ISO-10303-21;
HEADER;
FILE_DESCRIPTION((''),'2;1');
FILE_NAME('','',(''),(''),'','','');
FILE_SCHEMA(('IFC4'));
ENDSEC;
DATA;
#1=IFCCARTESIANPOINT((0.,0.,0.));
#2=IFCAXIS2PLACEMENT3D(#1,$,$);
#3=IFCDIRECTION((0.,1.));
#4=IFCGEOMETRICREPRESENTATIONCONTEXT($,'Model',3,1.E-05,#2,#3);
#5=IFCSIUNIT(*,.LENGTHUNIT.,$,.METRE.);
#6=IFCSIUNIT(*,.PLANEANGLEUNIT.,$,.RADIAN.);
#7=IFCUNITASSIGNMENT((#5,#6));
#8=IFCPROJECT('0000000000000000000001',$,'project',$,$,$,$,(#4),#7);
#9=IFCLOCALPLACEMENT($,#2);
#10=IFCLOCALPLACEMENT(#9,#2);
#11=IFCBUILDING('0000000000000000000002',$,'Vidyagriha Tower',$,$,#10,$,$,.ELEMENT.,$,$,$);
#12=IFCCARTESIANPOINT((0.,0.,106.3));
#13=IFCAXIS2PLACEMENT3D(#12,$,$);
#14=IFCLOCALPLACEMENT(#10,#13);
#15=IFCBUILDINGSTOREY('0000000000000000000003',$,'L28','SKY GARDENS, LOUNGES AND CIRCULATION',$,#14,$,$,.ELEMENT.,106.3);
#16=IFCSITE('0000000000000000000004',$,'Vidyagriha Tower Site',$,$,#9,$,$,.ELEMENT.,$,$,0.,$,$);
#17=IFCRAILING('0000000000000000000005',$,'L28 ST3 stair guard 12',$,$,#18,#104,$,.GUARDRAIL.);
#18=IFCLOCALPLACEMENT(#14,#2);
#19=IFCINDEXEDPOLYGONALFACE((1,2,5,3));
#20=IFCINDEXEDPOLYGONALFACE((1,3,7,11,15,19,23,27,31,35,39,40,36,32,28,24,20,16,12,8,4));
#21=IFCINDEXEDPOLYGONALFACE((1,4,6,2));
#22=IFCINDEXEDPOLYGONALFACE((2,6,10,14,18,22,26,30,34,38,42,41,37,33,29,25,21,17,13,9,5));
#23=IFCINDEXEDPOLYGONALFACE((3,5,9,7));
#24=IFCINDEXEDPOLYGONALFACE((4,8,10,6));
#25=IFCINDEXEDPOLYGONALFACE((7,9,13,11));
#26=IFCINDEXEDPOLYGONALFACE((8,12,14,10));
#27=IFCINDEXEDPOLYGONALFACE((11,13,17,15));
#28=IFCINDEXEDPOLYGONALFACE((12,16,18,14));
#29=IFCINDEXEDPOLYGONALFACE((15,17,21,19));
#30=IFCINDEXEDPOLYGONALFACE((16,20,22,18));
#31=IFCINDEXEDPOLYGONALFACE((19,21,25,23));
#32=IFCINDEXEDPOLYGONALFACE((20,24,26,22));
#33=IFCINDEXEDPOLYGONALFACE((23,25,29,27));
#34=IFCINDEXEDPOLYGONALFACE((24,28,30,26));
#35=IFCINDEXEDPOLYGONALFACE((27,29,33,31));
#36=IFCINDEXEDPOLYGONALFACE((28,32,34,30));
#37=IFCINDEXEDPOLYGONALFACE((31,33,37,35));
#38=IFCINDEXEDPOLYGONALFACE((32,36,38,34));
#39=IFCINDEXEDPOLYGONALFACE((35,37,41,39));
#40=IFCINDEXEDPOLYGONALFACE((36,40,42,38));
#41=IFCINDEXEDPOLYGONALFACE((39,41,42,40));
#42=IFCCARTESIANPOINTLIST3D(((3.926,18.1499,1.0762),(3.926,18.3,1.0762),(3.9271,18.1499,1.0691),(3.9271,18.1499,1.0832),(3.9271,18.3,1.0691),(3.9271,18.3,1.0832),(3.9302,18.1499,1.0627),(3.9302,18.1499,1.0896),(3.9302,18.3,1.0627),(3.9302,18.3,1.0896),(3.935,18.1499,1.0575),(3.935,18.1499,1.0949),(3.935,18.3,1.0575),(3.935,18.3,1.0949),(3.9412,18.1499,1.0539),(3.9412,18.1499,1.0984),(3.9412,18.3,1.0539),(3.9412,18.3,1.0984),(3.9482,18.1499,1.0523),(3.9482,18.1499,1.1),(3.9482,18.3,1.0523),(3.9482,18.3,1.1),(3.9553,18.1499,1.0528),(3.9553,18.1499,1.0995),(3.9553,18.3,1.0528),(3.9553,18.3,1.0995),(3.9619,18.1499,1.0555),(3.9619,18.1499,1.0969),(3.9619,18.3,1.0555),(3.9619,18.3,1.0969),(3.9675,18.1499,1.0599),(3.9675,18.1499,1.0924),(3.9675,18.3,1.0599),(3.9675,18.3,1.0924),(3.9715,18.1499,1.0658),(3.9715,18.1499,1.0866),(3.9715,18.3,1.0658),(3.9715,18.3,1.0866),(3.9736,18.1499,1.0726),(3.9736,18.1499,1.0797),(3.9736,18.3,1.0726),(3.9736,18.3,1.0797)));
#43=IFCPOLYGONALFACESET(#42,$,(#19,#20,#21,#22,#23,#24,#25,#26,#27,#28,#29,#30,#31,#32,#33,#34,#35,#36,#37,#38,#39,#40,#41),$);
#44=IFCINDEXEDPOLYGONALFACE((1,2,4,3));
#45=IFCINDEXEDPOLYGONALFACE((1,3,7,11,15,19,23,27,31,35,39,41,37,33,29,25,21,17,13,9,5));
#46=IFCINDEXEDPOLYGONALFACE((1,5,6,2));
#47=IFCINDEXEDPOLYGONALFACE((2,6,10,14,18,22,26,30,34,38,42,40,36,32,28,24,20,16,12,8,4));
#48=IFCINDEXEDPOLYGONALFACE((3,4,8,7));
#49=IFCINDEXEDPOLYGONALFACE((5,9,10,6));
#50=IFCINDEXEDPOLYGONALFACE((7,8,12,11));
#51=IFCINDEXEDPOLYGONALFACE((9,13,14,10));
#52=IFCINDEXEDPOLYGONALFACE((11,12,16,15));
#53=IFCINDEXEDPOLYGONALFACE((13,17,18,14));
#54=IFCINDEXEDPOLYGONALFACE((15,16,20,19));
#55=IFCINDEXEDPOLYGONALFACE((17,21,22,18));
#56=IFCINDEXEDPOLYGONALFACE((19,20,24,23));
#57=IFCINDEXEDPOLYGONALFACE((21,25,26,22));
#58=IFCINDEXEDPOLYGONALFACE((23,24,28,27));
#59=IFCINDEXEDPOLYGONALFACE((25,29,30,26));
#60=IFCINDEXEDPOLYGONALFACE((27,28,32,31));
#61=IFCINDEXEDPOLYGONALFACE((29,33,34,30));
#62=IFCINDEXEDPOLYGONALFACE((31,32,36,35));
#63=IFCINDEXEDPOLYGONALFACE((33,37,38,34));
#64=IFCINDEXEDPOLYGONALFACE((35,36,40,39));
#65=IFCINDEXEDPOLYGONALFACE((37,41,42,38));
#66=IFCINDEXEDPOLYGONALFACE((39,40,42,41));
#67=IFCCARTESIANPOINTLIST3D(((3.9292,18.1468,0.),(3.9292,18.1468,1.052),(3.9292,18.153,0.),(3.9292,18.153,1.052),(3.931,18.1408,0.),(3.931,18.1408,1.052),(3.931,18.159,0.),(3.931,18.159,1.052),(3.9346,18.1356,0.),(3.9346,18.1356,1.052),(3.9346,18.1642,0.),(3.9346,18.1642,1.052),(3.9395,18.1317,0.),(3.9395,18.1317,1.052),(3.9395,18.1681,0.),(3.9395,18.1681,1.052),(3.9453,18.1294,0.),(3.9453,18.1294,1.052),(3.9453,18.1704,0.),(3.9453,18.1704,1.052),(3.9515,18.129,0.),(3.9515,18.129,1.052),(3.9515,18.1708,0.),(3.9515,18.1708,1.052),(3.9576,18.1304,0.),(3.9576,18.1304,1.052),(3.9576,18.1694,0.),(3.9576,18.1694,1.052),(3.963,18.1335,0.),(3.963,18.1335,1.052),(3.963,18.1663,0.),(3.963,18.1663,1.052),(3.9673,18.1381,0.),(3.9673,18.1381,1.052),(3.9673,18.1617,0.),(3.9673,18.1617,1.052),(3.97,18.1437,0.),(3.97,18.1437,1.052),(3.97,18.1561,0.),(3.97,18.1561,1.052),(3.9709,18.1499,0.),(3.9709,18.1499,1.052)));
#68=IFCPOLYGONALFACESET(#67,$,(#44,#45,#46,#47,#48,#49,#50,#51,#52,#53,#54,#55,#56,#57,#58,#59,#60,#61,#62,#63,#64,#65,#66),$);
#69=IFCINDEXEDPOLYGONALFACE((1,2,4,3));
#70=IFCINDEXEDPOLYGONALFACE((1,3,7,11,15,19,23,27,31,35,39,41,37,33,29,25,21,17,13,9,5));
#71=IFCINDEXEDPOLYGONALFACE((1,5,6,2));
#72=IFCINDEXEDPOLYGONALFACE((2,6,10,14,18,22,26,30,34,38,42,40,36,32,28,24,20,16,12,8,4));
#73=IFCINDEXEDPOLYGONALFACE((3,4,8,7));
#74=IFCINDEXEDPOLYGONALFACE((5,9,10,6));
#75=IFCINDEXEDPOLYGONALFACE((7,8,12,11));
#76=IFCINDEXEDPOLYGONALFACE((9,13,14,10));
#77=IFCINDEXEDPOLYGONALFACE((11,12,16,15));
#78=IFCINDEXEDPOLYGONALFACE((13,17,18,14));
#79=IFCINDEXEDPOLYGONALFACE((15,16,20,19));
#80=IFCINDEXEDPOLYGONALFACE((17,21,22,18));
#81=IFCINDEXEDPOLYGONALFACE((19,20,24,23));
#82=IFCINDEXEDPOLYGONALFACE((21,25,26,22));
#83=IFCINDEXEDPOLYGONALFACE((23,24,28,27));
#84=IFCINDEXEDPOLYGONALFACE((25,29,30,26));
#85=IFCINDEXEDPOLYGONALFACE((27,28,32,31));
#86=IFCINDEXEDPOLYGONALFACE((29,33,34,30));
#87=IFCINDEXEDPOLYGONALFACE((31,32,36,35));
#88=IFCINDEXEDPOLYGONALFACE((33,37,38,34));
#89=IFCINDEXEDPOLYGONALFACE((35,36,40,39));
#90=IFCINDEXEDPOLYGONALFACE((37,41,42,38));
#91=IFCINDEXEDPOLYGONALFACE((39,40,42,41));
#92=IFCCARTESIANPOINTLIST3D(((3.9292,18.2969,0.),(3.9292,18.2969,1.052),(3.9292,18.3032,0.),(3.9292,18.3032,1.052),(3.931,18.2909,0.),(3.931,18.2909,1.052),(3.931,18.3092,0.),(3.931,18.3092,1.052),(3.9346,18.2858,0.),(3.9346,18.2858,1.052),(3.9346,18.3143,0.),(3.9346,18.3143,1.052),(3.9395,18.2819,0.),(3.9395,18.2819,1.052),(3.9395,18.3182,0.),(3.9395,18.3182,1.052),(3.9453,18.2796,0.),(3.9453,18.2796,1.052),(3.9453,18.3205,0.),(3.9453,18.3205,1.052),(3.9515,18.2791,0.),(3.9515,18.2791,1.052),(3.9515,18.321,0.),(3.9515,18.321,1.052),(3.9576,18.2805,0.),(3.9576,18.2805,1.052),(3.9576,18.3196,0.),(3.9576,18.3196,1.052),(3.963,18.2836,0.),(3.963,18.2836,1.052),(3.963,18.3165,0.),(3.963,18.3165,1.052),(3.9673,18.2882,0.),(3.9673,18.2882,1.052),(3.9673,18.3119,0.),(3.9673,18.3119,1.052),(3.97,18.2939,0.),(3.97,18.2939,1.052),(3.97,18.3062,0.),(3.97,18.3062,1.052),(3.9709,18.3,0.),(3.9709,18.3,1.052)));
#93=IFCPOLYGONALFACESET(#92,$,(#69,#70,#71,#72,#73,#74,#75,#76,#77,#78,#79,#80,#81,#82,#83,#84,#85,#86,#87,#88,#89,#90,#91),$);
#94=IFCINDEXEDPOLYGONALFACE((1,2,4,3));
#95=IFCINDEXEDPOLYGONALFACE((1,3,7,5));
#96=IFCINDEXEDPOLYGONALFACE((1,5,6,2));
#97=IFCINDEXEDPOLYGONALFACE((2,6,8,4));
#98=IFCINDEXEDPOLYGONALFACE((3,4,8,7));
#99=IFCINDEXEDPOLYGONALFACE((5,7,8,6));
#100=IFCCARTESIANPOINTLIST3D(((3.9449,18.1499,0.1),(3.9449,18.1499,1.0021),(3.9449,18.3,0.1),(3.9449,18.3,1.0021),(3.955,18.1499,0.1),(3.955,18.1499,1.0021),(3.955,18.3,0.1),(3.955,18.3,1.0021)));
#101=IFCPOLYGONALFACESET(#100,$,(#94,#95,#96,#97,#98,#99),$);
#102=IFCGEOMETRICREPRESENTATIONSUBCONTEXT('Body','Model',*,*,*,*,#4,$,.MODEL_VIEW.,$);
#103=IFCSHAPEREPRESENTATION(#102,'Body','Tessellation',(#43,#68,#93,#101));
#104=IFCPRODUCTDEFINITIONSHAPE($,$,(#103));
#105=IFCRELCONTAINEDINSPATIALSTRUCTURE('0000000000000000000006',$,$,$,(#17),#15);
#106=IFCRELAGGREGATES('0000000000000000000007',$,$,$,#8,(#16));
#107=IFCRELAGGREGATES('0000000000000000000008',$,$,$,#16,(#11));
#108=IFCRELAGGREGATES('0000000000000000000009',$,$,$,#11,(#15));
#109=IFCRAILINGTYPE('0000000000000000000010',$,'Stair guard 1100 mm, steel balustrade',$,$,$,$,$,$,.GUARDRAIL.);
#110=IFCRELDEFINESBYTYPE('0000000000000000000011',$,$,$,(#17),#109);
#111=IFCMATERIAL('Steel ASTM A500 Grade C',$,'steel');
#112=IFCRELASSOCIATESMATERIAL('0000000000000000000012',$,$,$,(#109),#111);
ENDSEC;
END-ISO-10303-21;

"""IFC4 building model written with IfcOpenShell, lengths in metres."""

from ifc_helpers import new_model, si_unit, direction, frame, origin, origin_2d, place, context, subcontext, project, spatial, rectangle, circle, extrude, material, type_object, element, save


model = new_model("IFC4")

# Units and contexts
model_context = context("Model", 3, precision=1e-05, world=origin(), true_north=direction((0.0, 1.0)))
body_context = subcontext(model_context, "Body", "Model", "MODEL_VIEW")
ifc_project = project(units=[si_unit("LENGTHUNIT", "METRE"), si_unit("PLANEANGLEUNIT", "RADIAN")], contexts=[model_context])

# Site, building, storey
site_placement = place(None, origin())
site = spatial("IfcSite", under=ifc_project, at=site_placement, Name="Vidyagriha Tower Site", CompositionType="ELEMENT", RefElevation=0.0)
building_placement = place(site_placement, origin())
building = spatial("IfcBuilding", under=site, at=building_placement, Name="Vidyagriha Tower", CompositionType="ELEMENT")
storey_placement = place(building_placement, frame((0.0, 0.0, 106.3)))
storey = spatial("IfcBuildingStorey", under=building, at=storey_placement, Name="L28", Description="SKY GARDENS, LOUNGES AND CIRCULATION", CompositionType="ELEMENT", Elevation=106.3)

# Railing
ifc_material_1 = material(Name="Steel ASTM A500 Grade C", Category="steel")
railing_type_1 = type_object("IfcRailingType", Name="Stair guard 1100 mm, steel balustrade", PredefinedType="GUARDRAIL", material=ifc_material_1)
for number, where, name in (
    (1, (3.95, 18.1499, 0.0), "L28 ST3 stair guard 12"),
):
    element("IfcRailing", number, at=place(storey_placement, frame(where)), inside=storey, type_object=railing_type_1, Name=name, PredefinedType="GUARDRAIL", context=body_context, shape_type="SweptSolid", body=[
        extrude(circle(Radius=0.0239, at=origin_2d()), frame((0.0, 0.0, 1.0762), z_axis=(0.0, 1.0, 0.0), x_axis=(-1.0, 0.0, 0.0)), (0.0, 0.0, 1.0), 0.1501),
        extrude(circle(Radius=0.021, at=origin_2d()), origin(), (0.0, 0.0, 1.0), 1.052),
        extrude(circle(Radius=0.021, at=origin_2d()), frame((0.0, 0.1501, 0.0)), (0.0, 0.0, 1.0), 1.052),
        extrude(rectangle(XDim=0.01, YDim=0.9021, at=origin_2d()), frame((0.0, 0.0, 0.551), z_axis=(0.0, 1.0, 0.0), x_axis=(-1.0, 0.0, 0.0)), (0.0, 0.0, 1.0), 0.1501),
    ])

save(model, "model.ifc")
